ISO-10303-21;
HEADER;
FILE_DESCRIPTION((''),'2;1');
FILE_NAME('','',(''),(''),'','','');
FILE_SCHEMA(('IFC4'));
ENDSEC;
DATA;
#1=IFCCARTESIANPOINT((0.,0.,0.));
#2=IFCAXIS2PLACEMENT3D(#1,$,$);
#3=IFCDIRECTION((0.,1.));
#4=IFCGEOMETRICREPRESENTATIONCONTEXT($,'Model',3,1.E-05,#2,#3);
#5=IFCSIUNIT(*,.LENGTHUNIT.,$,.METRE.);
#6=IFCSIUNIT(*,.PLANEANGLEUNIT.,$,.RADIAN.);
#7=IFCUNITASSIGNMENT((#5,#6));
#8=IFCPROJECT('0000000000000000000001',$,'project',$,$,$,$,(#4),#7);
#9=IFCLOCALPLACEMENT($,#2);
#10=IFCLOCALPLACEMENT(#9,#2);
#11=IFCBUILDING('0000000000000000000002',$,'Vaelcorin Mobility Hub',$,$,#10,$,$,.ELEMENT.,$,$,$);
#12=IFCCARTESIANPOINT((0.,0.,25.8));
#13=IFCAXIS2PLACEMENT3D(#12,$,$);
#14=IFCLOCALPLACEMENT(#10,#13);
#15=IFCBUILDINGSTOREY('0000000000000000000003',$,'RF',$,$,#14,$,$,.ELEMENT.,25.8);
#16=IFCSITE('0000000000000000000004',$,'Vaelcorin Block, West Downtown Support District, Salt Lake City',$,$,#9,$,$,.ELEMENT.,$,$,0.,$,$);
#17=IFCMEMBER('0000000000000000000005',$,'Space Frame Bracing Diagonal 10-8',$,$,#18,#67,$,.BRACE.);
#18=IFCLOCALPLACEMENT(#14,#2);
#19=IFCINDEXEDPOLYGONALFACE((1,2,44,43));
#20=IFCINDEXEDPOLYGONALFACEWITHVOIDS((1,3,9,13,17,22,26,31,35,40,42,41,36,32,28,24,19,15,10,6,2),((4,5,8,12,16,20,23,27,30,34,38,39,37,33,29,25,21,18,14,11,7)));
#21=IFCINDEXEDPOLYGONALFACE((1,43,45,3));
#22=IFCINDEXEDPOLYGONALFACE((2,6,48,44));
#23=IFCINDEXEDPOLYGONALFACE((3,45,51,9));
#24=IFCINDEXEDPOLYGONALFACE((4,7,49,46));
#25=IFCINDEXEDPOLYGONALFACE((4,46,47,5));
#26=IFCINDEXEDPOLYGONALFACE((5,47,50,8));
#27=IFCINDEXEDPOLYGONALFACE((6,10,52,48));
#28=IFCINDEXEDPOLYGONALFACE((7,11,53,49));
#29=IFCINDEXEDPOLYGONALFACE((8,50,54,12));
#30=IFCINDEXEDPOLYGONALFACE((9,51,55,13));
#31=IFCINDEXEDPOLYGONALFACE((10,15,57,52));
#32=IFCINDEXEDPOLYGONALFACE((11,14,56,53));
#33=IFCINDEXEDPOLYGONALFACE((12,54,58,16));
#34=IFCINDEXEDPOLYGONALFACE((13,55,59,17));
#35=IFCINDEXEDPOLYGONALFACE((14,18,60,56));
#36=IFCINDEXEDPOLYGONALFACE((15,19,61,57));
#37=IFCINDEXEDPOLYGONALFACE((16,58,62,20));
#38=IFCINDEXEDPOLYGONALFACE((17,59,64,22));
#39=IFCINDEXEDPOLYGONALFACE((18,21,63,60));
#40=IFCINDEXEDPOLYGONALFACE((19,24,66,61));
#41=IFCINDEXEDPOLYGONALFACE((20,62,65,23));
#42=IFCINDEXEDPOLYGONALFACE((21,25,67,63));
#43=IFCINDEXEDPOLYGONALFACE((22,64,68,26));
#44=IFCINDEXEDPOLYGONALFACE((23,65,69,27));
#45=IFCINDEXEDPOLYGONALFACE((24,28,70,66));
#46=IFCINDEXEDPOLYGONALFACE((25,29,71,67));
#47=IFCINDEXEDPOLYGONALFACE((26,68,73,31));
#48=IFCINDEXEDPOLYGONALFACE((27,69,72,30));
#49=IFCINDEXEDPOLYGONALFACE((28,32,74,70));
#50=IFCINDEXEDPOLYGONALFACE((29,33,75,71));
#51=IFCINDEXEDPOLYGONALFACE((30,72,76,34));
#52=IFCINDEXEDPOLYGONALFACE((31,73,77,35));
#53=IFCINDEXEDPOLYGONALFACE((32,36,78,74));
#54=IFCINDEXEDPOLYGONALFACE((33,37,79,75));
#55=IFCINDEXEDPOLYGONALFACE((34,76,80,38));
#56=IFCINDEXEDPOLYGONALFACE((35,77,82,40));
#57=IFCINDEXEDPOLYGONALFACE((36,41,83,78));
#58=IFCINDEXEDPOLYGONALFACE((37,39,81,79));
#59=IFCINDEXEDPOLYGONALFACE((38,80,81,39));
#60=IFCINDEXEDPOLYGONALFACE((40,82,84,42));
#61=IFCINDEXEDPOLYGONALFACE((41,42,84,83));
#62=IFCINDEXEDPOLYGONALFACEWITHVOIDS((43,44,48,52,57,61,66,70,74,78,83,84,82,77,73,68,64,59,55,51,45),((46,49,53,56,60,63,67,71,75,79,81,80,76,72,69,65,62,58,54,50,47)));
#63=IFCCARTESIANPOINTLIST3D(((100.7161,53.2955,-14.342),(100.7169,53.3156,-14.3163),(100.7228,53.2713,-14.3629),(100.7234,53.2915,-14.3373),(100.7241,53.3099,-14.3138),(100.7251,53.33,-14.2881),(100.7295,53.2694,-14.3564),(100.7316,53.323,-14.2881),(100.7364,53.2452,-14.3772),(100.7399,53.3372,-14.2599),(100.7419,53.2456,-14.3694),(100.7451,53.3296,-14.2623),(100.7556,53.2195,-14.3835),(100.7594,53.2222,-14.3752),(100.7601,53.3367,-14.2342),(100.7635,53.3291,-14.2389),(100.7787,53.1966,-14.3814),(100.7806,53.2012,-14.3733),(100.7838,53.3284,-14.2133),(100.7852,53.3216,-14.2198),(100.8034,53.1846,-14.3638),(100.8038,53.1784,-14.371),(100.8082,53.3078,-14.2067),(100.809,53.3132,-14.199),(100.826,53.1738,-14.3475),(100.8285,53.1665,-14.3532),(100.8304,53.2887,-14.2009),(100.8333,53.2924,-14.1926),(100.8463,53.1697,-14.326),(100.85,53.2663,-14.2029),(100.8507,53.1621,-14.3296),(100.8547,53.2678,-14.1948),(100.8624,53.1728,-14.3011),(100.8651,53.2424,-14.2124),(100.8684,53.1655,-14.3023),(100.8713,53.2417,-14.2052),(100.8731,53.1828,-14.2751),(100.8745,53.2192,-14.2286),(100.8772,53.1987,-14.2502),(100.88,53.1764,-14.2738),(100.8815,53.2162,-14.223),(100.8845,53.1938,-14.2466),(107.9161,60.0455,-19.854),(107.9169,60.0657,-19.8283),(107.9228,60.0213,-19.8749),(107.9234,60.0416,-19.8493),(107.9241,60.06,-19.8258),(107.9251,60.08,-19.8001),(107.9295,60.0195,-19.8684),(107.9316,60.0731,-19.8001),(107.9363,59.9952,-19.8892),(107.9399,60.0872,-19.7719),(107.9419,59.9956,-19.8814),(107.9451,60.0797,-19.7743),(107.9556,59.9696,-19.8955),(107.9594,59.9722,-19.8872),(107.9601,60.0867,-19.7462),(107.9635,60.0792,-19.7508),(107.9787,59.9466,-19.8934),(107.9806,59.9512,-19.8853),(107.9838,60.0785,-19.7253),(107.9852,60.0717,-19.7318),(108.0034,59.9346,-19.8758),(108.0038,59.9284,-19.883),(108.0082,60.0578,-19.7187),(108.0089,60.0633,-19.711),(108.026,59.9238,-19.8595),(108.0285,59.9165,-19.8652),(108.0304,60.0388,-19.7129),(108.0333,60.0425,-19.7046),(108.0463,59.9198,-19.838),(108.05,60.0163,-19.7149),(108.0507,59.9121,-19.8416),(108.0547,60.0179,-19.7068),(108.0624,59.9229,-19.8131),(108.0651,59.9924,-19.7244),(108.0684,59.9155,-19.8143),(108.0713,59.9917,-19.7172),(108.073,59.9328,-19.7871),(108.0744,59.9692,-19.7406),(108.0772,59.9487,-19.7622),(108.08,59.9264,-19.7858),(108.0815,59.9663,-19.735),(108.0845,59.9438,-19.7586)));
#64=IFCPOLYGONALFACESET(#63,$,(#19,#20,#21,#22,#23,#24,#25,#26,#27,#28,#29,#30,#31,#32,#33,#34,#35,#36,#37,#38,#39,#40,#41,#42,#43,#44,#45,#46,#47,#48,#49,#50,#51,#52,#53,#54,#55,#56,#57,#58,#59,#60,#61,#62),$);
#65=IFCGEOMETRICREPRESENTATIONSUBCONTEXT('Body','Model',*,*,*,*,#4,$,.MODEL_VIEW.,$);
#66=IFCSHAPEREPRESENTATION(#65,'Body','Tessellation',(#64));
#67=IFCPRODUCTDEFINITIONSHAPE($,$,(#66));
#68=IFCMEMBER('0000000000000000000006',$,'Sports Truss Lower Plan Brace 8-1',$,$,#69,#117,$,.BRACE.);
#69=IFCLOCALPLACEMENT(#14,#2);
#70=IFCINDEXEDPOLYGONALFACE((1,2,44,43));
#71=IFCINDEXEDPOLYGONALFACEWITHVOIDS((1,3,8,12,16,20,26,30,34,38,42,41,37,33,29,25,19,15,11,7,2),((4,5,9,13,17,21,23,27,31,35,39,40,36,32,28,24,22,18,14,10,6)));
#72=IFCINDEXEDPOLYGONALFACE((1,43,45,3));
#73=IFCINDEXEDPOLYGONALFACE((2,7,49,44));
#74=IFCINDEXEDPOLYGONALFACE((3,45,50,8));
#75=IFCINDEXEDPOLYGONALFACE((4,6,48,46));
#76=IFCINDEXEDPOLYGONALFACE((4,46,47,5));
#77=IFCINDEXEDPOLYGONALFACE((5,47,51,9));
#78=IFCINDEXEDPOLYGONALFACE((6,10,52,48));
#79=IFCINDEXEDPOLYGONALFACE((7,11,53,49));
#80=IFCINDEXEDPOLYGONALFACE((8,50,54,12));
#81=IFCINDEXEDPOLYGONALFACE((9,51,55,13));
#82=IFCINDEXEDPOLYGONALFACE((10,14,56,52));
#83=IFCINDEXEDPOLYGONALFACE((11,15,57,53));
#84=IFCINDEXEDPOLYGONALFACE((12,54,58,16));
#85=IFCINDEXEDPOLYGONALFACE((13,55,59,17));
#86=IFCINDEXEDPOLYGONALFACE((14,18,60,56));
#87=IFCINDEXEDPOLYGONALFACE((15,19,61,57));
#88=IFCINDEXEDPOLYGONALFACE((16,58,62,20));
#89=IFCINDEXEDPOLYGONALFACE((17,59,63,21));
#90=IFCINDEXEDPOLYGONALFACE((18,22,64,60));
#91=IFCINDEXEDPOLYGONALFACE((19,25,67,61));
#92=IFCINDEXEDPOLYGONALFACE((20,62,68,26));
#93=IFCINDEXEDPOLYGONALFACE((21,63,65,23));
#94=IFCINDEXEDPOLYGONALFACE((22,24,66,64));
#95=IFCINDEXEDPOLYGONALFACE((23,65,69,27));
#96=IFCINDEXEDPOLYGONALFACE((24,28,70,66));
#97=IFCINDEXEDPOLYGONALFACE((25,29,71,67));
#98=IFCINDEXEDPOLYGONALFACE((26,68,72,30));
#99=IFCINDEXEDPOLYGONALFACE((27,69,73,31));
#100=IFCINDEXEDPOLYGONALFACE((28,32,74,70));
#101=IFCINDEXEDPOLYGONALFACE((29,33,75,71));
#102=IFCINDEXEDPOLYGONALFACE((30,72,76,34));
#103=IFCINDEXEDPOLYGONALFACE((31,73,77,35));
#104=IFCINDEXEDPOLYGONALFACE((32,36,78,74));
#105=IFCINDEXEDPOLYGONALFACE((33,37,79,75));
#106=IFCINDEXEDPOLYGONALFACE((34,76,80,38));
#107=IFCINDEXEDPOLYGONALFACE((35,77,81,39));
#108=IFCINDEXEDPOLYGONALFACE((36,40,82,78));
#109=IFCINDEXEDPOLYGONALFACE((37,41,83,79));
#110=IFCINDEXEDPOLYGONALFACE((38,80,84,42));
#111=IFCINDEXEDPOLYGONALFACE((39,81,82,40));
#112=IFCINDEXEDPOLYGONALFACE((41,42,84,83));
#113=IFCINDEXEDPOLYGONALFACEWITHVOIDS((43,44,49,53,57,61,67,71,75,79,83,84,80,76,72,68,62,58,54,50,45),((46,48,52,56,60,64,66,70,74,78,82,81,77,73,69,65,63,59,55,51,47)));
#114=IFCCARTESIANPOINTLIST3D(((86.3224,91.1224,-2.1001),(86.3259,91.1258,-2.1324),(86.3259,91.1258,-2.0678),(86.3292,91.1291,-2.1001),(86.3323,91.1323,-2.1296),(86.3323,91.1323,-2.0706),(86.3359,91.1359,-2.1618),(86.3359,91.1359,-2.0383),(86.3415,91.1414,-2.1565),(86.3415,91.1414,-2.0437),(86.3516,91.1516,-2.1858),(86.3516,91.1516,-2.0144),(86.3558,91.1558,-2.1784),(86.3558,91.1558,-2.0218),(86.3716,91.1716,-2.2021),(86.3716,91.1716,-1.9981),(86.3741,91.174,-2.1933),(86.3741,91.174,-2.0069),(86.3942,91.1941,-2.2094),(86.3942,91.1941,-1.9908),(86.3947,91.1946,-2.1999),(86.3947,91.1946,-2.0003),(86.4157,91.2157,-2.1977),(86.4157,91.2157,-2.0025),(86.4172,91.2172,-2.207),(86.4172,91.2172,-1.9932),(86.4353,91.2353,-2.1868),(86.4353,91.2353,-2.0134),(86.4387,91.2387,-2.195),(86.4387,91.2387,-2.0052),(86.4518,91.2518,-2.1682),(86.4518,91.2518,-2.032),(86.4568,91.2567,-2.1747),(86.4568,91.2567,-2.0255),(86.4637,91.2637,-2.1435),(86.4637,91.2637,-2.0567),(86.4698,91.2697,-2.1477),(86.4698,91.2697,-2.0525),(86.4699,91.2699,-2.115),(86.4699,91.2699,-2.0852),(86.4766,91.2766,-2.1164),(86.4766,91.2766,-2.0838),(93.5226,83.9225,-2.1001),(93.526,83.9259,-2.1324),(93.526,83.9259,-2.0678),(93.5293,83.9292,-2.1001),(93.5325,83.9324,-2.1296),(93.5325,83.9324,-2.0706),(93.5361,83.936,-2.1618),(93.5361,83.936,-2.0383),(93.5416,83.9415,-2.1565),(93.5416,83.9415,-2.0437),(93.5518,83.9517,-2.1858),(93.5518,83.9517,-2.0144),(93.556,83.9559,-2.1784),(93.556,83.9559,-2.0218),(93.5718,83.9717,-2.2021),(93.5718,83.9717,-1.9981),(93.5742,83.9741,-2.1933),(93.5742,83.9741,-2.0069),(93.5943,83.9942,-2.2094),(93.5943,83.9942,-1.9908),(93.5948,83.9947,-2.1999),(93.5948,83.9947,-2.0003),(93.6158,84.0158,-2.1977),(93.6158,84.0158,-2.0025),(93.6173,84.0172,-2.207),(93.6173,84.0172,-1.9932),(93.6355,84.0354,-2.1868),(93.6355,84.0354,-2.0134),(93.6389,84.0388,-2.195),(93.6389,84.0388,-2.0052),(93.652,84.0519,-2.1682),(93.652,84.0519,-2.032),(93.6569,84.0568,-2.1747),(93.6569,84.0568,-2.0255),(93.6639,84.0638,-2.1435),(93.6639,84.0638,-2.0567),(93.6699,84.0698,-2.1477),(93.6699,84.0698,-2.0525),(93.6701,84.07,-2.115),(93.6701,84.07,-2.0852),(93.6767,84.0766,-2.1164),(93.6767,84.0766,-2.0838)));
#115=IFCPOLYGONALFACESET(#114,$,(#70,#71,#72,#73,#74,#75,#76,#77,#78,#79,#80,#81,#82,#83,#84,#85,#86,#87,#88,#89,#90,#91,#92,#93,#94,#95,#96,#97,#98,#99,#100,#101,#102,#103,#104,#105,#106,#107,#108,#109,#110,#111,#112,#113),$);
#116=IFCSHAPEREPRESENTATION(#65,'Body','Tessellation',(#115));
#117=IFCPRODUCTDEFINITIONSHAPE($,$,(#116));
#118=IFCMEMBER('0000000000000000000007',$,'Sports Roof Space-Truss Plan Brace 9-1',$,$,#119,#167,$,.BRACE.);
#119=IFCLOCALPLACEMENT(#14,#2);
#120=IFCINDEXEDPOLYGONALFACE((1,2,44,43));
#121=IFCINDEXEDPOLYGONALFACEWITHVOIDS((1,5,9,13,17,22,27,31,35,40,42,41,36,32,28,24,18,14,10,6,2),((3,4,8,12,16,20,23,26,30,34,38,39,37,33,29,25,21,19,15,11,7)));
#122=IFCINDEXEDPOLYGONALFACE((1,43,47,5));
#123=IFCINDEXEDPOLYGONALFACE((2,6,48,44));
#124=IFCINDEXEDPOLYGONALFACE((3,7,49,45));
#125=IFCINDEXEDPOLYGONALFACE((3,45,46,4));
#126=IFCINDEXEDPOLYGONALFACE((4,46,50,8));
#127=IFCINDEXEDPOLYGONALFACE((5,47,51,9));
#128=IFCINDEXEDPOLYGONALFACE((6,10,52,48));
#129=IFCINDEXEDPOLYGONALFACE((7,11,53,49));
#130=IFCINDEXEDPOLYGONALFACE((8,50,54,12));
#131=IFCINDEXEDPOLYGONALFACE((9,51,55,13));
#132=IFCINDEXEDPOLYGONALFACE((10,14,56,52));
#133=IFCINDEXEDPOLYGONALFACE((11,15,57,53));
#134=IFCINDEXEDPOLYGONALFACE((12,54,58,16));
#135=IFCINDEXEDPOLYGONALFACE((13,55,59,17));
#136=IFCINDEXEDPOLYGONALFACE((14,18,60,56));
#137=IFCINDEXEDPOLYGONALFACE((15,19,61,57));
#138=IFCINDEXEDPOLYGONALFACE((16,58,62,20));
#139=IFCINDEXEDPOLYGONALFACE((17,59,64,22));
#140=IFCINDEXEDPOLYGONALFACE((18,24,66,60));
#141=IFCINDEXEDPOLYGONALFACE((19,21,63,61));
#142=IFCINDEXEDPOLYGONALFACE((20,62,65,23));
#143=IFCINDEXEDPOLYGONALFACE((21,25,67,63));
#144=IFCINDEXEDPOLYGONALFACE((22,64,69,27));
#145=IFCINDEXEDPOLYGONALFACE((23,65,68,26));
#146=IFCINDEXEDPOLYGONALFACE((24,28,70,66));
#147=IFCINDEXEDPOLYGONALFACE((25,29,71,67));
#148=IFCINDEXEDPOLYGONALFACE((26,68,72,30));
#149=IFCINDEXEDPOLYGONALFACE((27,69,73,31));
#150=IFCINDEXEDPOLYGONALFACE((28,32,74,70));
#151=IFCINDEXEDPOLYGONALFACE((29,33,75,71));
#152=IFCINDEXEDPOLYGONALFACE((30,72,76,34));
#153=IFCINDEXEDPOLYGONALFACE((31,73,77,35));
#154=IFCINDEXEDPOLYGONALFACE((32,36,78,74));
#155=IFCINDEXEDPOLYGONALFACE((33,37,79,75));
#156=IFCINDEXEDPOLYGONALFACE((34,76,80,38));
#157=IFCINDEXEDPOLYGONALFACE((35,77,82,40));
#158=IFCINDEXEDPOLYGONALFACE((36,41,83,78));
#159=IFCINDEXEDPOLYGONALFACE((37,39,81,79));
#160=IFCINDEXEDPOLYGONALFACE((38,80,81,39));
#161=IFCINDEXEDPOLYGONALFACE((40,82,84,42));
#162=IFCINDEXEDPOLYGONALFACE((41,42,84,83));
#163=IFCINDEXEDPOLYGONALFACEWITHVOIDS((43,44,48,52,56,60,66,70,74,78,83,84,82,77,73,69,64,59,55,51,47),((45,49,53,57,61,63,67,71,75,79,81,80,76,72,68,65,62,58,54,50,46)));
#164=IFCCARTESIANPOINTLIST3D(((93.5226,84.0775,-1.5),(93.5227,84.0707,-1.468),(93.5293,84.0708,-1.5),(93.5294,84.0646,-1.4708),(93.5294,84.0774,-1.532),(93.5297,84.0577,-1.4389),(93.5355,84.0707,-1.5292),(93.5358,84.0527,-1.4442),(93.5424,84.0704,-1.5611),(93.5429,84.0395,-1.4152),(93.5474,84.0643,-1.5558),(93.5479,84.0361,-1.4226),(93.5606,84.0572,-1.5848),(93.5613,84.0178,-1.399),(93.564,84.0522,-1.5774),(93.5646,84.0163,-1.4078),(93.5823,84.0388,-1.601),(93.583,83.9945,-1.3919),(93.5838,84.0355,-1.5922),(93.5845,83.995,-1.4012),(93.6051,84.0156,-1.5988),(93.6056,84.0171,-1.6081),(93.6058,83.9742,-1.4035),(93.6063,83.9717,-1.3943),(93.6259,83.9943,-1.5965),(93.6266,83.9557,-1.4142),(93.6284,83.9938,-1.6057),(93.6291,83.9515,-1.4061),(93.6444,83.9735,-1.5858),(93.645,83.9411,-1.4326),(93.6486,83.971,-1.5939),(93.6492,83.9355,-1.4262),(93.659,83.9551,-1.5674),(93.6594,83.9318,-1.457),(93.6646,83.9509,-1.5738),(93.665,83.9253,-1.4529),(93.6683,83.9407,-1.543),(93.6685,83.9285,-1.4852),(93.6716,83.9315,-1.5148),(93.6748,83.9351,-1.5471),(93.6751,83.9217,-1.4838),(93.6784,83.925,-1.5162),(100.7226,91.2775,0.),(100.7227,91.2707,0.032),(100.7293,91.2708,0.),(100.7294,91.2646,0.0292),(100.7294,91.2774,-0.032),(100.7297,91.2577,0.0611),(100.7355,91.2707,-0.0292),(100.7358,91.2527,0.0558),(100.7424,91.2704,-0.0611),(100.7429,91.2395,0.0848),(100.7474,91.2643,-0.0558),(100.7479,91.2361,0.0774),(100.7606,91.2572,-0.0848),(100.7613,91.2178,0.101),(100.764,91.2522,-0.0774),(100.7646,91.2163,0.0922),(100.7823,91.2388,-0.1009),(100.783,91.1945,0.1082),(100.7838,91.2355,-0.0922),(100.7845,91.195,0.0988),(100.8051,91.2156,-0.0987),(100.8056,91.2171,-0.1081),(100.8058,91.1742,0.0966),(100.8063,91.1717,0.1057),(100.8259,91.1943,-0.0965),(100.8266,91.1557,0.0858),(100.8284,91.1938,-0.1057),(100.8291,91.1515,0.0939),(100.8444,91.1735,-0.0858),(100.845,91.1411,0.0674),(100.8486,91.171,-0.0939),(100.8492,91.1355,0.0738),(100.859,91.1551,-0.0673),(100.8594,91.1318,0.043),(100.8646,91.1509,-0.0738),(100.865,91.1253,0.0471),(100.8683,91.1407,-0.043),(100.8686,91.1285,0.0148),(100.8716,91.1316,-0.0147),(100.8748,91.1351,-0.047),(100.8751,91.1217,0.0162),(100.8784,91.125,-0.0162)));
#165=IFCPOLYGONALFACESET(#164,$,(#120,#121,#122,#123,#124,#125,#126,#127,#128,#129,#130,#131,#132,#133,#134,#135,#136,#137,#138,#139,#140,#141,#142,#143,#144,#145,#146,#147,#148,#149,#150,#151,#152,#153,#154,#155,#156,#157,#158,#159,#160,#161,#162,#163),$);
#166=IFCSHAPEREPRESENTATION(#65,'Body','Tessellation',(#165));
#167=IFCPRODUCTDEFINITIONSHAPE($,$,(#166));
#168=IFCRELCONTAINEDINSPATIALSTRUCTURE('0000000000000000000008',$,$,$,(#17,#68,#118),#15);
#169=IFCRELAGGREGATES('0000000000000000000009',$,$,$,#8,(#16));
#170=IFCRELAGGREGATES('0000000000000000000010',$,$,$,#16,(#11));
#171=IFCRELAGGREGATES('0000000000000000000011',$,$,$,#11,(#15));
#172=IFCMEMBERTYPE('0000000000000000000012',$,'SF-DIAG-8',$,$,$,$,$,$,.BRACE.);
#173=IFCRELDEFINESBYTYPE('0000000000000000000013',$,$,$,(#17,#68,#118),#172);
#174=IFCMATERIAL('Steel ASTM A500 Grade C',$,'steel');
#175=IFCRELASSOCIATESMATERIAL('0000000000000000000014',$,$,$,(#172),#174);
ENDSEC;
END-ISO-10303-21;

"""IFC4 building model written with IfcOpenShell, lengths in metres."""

from ifc_helpers import new_model, si_unit, direction, frame, origin, origin_2d, place, context, subcontext, project, spatial, hollow_circle, extrude, material, material_profile, profile_set, type_object, element, save


model = new_model("IFC4")

# Units and contexts
model_context = context("Model", 3, precision=1e-05, world=origin(), true_north=direction((0.0, 1.0)))
body_context = subcontext(model_context, "Body", "Model", "MODEL_VIEW")
ifc_project = project(units=[si_unit("LENGTHUNIT", "METRE"), si_unit("PLANEANGLEUNIT", "RADIAN")], contexts=[model_context])

# Site, building, storey
site_placement = place(None, origin())
site = spatial("IfcSite", under=ifc_project, at=site_placement, Name="Vaelcorin Block, West Downtown Support District, Salt Lake City", CompositionType="ELEMENT", RefElevation=0.0)
building_placement = place(site_placement, origin())
building = spatial("IfcBuilding", under=site, at=building_placement, Name="Vaelcorin Mobility Hub", CompositionType="ELEMENT")
storey_placement = place(building_placement, frame((0.0, 0.0, 25.8)))
storey = spatial("IfcBuildingStorey", under=building, at=storey_placement, Name="RF", CompositionType="ELEMENT", Elevation=25.8)

# Members
ifc_material_1 = material(Name="Steel ASTM A500 Grade C", Category="steel")
ifc_material_profile_1 = material_profile(ifc_material_1, hollow_circle(Radius=0.1096, WallThickness=0.0095, at=origin_2d()), Name="HSS8.625X0.375")
ifc_profile_set_1 = profile_set([ifc_material_profile_1], Name="Steel ASTM A500 Grade C")
member_type_1 = type_object("IfcMemberType", Name="SF-DIAG-8", PredefinedType="BRACE", material=ifc_profile_set_1)
for number, where, z_axis, x_axis, name in (
    (1, (100.8, 53.25, -14.2881), (0.636931, 0.597126, -0.487606), (-0.683944, 0.729535, 0.0), "Space Frame Bracing Diagonal 10-8"),
):
    element("IfcMember", number, at=place(storey_placement, frame(where, z_axis=z_axis, x_axis=x_axis)), inside=storey, type_object=member_type_1, Name=name, PredefinedType="BRACE", context=body_context, shape_type="SweptSolid", body=[
        extrude(hollow_circle(Radius=0.1096, WallThickness=0.0095, at=origin_2d()), origin(), (0.0, 0.0, 1.0), 11.3042),
    ])
member_1_placement = place(storey_placement, frame((93.6001, 84.0, -2.1001), z_axis=(-0.707119, 0.707095, 0.0), x_axis=(-0.707095, -0.707119, 0.0)))
element("IfcMember", 2, at=member_1_placement, inside=storey, type_object=member_type_1, Name="Sports Truss Lower Plan Brace 8-1", PredefinedType="BRACE", context=body_context, shape_type="SweptSolid", body=[
    extrude(hollow_circle(Radius=0.1096, WallThickness=0.0095, at=origin_2d()), origin(), (0.0, 0.0, 1.0), 10.1824),
])
member_2_placement = place(storey_placement, frame((93.6001, 84.0, -1.5), z_axis=(0.699557, 0.699557, 0.145742), x_axis=(-0.707107, 0.707107, 0.0)))
element("IfcMember", 3, at=member_2_placement, inside=storey, type_object=member_type_1, Name="Sports Roof Space-Truss Plan Brace 9-1", PredefinedType="BRACE", context=body_context, shape_type="SweptSolid", body=[
    extrude(hollow_circle(Radius=0.1096, WallThickness=0.0095, at=origin_2d()), origin(), (0.0, 0.0, 1.0), 10.2922),
])

save(model, "model.ifc")
